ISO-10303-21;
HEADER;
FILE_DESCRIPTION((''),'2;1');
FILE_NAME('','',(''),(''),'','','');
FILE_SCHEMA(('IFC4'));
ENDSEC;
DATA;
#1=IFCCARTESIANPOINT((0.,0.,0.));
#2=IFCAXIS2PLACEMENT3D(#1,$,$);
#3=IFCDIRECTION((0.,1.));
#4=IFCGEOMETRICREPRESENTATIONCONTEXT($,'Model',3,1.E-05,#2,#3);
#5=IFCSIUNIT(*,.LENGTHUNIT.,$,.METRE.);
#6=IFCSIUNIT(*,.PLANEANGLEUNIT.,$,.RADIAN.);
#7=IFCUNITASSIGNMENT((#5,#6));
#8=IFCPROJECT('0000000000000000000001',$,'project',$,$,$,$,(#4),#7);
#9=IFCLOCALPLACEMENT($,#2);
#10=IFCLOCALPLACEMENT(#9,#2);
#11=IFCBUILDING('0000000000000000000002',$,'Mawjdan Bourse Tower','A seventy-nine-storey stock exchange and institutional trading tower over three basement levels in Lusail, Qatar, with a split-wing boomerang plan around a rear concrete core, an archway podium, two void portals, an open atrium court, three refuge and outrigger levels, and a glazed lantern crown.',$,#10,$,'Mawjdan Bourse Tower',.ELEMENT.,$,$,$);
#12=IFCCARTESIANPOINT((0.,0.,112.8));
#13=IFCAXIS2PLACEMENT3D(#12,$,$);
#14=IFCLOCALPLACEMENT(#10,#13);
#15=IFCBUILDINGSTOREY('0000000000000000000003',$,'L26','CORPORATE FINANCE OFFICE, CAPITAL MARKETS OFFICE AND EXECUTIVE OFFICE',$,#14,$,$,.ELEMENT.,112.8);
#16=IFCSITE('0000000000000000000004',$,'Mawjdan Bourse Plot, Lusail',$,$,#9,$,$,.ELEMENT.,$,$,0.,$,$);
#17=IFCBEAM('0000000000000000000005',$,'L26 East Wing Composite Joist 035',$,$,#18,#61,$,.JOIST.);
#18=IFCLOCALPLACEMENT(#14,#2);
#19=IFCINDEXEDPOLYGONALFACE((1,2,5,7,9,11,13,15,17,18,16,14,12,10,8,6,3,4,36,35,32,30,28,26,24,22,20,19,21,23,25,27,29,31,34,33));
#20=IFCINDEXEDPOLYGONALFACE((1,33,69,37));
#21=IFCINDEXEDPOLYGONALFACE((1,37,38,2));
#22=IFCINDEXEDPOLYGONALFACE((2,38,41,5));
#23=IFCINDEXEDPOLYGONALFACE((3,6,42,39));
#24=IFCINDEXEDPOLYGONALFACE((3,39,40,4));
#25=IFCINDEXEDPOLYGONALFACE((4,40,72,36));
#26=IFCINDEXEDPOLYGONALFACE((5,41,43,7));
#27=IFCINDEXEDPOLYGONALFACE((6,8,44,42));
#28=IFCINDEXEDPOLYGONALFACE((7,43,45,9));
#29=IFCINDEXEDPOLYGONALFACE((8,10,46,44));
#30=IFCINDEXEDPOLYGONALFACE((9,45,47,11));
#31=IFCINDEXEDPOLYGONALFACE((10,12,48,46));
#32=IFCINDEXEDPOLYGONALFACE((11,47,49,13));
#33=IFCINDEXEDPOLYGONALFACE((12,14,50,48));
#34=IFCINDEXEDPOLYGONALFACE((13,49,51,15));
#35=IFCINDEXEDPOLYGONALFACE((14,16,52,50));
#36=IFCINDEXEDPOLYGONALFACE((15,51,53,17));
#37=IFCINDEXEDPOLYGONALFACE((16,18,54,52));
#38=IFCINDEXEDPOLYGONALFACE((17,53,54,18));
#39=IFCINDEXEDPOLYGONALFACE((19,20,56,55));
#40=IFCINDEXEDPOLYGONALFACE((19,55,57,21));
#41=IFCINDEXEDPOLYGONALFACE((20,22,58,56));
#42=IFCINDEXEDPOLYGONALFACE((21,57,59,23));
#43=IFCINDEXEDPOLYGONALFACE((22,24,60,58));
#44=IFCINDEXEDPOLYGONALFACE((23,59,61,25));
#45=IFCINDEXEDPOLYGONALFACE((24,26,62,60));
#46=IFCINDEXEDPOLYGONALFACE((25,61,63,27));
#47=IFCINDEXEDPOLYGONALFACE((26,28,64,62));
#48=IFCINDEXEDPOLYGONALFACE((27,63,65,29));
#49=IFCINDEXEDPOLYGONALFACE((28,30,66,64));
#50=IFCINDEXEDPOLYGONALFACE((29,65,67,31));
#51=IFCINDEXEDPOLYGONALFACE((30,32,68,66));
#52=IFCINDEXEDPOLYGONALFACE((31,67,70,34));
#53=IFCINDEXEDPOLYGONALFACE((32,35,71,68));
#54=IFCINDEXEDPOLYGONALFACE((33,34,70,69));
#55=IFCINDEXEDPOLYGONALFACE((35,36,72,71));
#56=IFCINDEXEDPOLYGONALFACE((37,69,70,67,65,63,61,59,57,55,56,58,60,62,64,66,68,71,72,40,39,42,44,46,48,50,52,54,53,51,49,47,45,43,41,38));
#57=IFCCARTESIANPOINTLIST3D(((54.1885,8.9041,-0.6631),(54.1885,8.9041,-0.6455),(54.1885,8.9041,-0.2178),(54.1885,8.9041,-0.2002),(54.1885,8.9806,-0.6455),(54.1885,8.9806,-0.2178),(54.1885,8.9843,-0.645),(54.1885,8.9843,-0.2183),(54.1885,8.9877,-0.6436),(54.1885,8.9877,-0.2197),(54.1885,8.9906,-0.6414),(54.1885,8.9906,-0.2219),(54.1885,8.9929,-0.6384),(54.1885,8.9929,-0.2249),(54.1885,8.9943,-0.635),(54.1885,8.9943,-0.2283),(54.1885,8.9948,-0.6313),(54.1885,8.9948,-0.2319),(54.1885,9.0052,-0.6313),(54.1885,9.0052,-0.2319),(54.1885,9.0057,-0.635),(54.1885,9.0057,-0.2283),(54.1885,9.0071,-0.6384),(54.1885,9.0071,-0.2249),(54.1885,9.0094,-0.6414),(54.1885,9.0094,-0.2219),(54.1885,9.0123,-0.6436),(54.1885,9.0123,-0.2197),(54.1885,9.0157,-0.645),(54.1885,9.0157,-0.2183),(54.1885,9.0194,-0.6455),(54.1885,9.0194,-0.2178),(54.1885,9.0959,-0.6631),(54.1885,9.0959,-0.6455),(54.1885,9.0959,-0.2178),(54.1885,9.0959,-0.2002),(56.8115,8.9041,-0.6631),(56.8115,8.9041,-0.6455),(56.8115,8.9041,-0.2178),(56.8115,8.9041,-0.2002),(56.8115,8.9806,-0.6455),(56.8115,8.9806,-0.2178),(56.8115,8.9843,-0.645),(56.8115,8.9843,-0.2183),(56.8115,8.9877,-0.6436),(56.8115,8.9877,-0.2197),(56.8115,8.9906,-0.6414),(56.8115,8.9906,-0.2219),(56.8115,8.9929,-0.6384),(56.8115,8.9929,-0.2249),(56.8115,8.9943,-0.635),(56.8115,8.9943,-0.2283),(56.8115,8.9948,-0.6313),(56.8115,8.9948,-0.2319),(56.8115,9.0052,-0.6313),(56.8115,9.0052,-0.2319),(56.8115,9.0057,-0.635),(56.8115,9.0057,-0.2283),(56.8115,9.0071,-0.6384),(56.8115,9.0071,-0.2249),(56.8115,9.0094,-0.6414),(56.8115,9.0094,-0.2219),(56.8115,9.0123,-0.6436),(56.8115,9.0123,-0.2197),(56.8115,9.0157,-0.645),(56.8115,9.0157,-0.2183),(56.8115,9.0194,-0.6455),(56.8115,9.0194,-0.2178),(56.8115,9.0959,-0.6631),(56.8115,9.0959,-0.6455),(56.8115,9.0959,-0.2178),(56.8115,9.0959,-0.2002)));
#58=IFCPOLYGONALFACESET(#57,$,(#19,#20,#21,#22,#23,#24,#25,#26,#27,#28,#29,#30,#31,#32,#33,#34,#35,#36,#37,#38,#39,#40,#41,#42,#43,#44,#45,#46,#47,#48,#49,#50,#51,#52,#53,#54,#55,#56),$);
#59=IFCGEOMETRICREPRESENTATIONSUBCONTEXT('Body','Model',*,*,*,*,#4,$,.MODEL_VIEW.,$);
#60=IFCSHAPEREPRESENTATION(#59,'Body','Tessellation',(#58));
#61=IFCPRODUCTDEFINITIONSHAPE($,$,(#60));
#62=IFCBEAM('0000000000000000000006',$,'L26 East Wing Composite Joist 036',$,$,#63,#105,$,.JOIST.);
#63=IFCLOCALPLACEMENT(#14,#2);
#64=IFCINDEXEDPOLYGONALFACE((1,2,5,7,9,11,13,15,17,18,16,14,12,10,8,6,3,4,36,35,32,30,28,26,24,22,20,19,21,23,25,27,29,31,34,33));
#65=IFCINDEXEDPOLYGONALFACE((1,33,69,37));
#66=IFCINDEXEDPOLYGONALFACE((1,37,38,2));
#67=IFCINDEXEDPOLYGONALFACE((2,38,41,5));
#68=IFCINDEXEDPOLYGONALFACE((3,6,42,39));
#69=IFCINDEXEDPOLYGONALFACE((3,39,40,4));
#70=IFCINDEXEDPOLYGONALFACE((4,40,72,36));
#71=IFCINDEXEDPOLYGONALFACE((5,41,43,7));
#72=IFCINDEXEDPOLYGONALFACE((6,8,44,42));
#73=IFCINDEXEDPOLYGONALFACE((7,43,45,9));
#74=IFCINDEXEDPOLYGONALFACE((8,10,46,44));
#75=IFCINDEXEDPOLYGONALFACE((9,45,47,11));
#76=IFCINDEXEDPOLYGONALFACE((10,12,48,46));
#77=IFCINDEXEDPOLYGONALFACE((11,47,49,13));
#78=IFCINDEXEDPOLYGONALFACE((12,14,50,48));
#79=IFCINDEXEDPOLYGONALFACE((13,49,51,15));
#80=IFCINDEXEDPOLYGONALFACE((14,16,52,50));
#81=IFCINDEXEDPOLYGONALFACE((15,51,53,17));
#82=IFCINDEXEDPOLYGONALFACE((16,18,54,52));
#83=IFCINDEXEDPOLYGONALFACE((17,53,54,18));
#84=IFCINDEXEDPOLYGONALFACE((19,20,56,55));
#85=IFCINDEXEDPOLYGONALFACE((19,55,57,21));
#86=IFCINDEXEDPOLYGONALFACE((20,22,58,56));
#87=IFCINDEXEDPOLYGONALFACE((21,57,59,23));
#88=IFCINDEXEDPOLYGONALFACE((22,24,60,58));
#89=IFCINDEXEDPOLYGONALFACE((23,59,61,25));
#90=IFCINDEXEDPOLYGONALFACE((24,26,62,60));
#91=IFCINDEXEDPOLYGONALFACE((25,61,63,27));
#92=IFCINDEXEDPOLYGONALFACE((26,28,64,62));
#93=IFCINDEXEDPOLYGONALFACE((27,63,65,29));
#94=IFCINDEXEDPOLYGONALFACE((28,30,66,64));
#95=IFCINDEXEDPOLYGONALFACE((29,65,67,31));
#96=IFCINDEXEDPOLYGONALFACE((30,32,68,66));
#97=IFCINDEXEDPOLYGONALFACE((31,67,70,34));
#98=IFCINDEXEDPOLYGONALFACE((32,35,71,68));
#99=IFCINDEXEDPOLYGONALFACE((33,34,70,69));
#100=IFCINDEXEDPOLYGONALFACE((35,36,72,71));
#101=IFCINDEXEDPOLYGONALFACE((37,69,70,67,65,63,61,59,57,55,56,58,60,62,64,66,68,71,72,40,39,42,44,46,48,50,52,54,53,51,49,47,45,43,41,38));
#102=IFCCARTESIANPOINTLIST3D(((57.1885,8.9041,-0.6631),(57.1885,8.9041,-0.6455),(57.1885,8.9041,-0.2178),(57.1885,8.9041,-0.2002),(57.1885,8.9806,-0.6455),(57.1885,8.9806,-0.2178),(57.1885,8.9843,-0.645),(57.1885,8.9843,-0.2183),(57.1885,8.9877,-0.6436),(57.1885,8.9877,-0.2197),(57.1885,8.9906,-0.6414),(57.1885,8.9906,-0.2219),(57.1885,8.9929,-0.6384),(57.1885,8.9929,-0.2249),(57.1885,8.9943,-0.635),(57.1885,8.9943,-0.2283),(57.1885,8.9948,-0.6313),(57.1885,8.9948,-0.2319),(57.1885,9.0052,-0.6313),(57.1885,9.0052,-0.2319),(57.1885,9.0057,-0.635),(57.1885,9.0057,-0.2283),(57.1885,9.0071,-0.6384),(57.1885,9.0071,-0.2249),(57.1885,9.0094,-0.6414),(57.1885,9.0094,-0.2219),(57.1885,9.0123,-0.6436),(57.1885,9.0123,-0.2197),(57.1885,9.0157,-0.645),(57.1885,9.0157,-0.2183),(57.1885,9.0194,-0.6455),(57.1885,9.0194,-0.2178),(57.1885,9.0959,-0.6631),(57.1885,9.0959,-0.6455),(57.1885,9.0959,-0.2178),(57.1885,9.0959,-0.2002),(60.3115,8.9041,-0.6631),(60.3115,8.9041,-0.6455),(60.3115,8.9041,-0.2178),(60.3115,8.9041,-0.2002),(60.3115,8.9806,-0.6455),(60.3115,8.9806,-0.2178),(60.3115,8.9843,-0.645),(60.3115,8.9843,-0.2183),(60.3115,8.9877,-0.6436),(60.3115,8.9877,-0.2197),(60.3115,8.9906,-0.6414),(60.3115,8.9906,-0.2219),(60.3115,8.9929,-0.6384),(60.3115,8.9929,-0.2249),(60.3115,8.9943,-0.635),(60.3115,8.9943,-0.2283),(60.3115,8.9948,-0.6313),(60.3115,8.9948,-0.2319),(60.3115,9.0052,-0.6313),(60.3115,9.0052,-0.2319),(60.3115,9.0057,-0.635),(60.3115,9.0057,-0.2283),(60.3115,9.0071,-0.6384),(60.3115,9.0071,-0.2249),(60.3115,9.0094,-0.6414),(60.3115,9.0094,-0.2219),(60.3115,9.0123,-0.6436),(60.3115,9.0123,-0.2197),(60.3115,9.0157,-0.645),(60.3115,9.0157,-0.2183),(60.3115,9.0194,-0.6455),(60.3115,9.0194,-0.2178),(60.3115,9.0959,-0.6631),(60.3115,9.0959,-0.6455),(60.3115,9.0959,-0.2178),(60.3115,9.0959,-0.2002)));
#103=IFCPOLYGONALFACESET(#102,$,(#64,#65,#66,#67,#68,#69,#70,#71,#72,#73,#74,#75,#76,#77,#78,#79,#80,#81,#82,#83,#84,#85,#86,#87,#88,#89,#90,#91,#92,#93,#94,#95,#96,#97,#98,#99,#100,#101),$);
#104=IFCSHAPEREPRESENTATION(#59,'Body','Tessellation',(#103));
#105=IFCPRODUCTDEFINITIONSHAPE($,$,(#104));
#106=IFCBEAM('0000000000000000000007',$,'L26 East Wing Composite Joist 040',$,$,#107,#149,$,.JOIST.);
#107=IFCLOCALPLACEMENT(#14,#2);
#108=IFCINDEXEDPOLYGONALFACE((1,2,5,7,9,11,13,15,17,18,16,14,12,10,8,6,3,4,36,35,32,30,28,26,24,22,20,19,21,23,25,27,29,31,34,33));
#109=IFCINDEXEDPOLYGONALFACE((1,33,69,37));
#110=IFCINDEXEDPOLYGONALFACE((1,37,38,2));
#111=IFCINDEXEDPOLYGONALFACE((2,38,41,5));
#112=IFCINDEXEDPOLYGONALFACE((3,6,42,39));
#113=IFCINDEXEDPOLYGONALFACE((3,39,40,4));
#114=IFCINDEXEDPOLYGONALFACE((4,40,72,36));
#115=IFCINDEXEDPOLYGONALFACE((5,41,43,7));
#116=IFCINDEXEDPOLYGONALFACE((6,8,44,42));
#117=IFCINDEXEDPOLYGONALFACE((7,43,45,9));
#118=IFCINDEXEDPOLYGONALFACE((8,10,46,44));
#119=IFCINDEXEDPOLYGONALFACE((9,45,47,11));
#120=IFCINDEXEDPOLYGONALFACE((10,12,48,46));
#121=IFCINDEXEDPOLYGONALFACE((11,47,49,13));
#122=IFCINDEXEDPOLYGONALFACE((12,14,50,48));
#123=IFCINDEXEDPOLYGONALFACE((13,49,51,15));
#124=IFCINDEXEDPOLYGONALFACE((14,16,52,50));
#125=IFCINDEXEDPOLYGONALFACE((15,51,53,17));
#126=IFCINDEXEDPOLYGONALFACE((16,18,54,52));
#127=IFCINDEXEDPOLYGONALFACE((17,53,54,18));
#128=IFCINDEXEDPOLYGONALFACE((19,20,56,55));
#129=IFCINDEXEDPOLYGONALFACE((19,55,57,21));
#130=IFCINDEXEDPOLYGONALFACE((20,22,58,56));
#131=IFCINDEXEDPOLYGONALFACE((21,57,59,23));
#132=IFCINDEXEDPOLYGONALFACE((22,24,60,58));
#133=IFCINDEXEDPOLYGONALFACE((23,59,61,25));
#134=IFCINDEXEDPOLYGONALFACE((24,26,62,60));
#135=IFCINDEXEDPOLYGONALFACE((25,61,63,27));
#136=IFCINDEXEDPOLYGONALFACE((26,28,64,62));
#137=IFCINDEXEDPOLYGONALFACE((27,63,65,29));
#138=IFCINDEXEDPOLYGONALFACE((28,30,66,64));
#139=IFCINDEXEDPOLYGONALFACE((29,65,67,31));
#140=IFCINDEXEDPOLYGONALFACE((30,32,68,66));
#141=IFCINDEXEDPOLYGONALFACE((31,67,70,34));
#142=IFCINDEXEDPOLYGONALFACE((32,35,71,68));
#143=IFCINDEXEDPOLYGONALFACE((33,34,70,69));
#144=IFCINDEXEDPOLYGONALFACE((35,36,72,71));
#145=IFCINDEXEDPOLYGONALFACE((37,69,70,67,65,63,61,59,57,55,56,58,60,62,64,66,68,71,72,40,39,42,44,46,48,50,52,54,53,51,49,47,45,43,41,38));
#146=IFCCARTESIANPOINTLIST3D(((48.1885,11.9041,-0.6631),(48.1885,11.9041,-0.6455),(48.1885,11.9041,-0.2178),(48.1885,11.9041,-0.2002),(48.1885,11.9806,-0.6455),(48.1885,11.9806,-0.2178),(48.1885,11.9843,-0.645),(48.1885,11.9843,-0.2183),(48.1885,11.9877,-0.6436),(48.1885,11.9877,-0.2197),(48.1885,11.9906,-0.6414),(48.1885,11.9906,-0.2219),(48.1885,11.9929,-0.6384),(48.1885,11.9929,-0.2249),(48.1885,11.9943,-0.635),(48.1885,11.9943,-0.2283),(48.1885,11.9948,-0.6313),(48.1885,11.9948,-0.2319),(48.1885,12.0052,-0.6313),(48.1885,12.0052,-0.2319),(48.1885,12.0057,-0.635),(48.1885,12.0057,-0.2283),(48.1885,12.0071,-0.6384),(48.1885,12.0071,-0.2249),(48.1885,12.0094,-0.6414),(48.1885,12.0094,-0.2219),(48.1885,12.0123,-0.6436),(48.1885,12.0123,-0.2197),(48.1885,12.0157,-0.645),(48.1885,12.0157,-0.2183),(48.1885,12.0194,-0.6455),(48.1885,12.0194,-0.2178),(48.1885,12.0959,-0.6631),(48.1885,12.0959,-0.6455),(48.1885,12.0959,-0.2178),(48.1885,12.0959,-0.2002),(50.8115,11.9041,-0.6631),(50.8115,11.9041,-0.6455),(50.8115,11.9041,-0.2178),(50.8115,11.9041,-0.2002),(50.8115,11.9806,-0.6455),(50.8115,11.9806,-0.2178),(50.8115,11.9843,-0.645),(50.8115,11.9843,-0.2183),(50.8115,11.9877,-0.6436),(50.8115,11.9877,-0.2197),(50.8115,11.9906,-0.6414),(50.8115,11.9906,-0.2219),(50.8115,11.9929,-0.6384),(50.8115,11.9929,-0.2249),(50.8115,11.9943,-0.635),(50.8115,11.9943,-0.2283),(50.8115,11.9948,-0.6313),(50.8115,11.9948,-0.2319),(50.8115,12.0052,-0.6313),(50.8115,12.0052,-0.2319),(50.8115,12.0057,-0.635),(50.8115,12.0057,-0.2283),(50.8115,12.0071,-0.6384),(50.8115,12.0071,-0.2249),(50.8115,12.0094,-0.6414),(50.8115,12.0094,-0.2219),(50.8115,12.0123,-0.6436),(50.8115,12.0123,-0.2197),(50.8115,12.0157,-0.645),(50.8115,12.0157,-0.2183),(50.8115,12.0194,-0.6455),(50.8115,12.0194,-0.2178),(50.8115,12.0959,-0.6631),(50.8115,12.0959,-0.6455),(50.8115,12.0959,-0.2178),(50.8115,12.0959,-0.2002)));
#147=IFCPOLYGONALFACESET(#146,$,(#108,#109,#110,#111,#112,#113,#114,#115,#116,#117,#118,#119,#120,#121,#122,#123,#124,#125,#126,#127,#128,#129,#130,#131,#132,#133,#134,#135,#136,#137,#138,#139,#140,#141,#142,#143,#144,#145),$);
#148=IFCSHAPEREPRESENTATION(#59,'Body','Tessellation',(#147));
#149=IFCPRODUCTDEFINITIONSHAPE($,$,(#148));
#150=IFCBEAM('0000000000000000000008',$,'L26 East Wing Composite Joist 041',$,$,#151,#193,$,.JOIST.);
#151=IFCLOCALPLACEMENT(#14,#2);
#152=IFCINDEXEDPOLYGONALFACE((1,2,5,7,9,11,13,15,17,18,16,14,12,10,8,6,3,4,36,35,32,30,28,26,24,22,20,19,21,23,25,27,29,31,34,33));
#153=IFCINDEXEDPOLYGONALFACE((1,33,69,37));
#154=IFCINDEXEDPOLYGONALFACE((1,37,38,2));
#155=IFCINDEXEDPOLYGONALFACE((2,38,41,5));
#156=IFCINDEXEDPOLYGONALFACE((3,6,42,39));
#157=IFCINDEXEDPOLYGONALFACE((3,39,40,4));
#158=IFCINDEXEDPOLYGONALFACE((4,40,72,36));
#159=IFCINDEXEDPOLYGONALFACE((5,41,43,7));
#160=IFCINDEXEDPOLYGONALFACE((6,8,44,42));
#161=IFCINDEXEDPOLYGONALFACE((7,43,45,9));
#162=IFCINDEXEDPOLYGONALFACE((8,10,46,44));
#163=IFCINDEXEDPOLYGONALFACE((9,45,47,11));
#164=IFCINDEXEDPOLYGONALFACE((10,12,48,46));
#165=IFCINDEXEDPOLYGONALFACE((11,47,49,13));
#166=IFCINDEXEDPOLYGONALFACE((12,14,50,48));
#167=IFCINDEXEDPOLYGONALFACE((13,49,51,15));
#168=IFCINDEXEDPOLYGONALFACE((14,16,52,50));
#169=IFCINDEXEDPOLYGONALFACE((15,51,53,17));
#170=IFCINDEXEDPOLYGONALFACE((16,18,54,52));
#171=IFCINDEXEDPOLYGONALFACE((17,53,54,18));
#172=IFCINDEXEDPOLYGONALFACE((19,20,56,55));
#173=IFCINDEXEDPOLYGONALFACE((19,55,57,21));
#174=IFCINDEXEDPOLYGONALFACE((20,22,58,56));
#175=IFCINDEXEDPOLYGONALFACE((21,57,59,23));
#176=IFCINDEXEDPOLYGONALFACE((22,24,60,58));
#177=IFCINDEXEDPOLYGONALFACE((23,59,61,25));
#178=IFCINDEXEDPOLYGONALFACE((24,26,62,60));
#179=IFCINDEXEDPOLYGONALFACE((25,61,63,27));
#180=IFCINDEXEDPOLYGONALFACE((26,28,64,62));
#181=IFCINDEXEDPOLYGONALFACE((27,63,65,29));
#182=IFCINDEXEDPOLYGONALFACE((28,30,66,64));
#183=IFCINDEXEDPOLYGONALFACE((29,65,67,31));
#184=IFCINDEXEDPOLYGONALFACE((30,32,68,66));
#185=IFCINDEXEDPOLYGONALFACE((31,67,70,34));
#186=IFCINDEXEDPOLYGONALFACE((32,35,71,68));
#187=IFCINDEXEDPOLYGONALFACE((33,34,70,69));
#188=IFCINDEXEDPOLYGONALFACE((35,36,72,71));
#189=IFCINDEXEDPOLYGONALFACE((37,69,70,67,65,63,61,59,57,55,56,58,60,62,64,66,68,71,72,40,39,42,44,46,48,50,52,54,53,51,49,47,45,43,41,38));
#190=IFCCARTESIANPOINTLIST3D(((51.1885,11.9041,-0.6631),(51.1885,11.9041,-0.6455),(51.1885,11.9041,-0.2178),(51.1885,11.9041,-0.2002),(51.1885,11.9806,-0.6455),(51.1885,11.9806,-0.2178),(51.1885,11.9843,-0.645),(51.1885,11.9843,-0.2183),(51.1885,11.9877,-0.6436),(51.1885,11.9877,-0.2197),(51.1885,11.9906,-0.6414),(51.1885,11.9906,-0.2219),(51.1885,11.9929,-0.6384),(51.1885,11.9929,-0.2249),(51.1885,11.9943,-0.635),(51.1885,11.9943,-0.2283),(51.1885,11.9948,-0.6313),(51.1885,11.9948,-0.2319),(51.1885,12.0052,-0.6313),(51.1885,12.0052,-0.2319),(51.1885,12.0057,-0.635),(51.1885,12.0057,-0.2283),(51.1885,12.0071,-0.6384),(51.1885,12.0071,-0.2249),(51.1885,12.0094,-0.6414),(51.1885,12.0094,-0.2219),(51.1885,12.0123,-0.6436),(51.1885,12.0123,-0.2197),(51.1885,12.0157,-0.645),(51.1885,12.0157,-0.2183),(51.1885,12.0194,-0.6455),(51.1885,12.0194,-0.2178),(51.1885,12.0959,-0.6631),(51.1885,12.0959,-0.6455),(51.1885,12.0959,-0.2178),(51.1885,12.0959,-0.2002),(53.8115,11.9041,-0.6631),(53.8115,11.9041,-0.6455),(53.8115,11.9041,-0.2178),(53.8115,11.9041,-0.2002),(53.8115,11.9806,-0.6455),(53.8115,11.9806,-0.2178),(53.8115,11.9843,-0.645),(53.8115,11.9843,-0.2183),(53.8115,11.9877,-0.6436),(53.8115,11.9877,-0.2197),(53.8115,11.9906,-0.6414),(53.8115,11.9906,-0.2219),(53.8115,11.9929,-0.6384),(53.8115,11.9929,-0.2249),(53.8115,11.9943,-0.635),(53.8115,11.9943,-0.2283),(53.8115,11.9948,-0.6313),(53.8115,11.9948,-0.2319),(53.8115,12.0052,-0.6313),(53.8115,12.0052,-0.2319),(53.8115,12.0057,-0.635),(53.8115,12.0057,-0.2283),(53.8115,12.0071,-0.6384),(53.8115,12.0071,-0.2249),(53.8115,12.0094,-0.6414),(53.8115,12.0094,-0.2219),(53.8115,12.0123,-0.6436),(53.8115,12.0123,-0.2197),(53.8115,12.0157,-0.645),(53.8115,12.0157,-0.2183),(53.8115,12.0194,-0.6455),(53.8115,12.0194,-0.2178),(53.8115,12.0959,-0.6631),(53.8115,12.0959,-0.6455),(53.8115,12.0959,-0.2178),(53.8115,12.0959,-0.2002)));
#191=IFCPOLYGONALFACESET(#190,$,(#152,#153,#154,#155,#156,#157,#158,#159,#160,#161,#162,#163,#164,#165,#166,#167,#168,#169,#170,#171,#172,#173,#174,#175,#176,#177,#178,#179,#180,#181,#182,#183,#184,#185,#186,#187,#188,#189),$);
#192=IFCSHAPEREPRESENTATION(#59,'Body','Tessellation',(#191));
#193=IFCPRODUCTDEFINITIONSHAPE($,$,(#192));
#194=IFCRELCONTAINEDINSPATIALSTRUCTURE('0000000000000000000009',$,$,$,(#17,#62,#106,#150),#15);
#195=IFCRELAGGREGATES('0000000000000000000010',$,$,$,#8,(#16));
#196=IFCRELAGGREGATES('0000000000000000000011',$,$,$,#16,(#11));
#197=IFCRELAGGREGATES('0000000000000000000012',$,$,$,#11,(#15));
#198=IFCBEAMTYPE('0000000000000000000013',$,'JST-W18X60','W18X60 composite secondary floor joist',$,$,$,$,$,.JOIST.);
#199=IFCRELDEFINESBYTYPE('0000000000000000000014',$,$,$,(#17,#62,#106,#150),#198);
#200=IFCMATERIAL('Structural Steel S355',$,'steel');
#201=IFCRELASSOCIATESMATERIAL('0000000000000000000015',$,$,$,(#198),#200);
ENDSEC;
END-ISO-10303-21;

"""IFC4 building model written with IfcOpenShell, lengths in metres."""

from ifc_helpers import new_model, si_unit, direction, frame, origin, origin_2d, place, context, subcontext, project, spatial, i_section, extrude, material, material_profile, profile_set, type_object, element, save


model = new_model("IFC4")

# Units and contexts
model_context = context("Model", 3, precision=1e-05, world=origin(), true_north=direction((0.0, 1.0)))
body_context = subcontext(model_context, "Body", "Model", "MODEL_VIEW")
ifc_project = project(units=[si_unit("LENGTHUNIT", "METRE"), si_unit("PLANEANGLEUNIT", "RADIAN")], contexts=[model_context])

# Site, building, storey
site_placement = place(None, origin())
site = spatial("IfcSite", under=ifc_project, at=site_placement, Name="Mawjdan Bourse Plot, Lusail", CompositionType="ELEMENT", RefElevation=0.0)
building_placement = place(site_placement, origin())
building = spatial("IfcBuilding", under=site, at=building_placement, Name="Mawjdan Bourse Tower", Description="A seventy-nine-storey stock exchange and institutional trading tower over three basement levels in Lusail, Qatar, with a split-wing boomerang plan around a rear concrete core, an archway podium, two void portals, an open atrium court, three refuge and outrigger levels, and a glazed lantern crown.", LongName="Mawjdan Bourse Tower", CompositionType="ELEMENT")
storey_placement = place(building_placement, frame((0.0, 0.0, 112.8)))
storey = spatial("IfcBuildingStorey", under=building, at=storey_placement, Name="L26", Description="CORPORATE FINANCE OFFICE, CAPITAL MARKETS OFFICE AND EXECUTIVE OFFICE", CompositionType="ELEMENT", Elevation=112.8)

# Beams
ifc_material_1 = material(Name="Structural Steel S355", Category="steel")
ifc_material_profile_1 = material_profile(ifc_material_1, i_section(OverallWidth=0.1919, OverallDepth=0.4629, WebThickness=0.0105, FlangeThickness=0.0176, FilletRadius=0.0142, at=origin_2d()), Name="W18X60")
ifc_profile_set_1 = profile_set([ifc_material_profile_1], Name="Structural Steel S355")
beam_type_1 = type_object("IfcBeamType", Name="JST-W18X60", Description="W18X60 composite secondary floor joist", PredefinedType="JOIST", material=ifc_profile_set_1)
for number, where, z_axis, x_axis, name in (
    (1, (54.1885, 9.0, -0.4316), (1.0, 0.0, 0.0), (0.0, 1.0, 0.0), "L26 East Wing Composite Joist 035"),
):
    element("IfcBeam", number, at=place(storey_placement, frame(where, z_axis=z_axis, x_axis=x_axis)), inside=storey, type_object=beam_type_1, Name=name, PredefinedType="JOIST", context=body_context, shape_type="SweptSolid", body=[
        extrude(i_section(OverallWidth=0.1919, OverallDepth=0.4629, WebThickness=0.0105, FlangeThickness=0.0176, FilletRadius=0.0142, at=origin_2d()), origin(), (0.0, 0.0, 1.0), 2.623),
    ])
beam_1_placement = place(storey_placement, frame((57.1885, 9.0, -0.4316), z_axis=(1.0, 0.0, 0.0), x_axis=(0.0, 1.0, 0.0)))
element("IfcBeam", 2, at=beam_1_placement, inside=storey, type_object=beam_type_1, Name="L26 East Wing Composite Joist 036", PredefinedType="JOIST", context=body_context, shape_type="SweptSolid", body=[
    extrude(i_section(OverallWidth=0.1919, OverallDepth=0.4629, WebThickness=0.0105, FlangeThickness=0.0176, FilletRadius=0.0142, at=origin_2d()), origin(), (0.0, 0.0, 1.0), 3.123),
])
for number, where, z_axis, x_axis, name in (
    (3, (48.1885, 12.0, -0.4316), (1.0, 0.0, 0.0), (0.0, 1.0, 0.0), "L26 East Wing Composite Joist 040"),
    (4, (51.1885, 12.0, -0.4316), (1.0, 0.0, 0.0), (0.0, 1.0, 0.0), "L26 East Wing Composite Joist 041"),
):
    element("IfcBeam", number, at=place(storey_placement, frame(where, z_axis=z_axis, x_axis=x_axis)), inside=storey, type_object=beam_type_1, Name=name, PredefinedType="JOIST", context=body_context, shape_type="SweptSolid", body=[
        extrude(i_section(OverallWidth=0.1919, OverallDepth=0.4629, WebThickness=0.0105, FlangeThickness=0.0176, FilletRadius=0.0142, at=origin_2d()), origin(), (0.0, 0.0, 1.0), 2.623),
    ])

save(model, "model.ifc")
